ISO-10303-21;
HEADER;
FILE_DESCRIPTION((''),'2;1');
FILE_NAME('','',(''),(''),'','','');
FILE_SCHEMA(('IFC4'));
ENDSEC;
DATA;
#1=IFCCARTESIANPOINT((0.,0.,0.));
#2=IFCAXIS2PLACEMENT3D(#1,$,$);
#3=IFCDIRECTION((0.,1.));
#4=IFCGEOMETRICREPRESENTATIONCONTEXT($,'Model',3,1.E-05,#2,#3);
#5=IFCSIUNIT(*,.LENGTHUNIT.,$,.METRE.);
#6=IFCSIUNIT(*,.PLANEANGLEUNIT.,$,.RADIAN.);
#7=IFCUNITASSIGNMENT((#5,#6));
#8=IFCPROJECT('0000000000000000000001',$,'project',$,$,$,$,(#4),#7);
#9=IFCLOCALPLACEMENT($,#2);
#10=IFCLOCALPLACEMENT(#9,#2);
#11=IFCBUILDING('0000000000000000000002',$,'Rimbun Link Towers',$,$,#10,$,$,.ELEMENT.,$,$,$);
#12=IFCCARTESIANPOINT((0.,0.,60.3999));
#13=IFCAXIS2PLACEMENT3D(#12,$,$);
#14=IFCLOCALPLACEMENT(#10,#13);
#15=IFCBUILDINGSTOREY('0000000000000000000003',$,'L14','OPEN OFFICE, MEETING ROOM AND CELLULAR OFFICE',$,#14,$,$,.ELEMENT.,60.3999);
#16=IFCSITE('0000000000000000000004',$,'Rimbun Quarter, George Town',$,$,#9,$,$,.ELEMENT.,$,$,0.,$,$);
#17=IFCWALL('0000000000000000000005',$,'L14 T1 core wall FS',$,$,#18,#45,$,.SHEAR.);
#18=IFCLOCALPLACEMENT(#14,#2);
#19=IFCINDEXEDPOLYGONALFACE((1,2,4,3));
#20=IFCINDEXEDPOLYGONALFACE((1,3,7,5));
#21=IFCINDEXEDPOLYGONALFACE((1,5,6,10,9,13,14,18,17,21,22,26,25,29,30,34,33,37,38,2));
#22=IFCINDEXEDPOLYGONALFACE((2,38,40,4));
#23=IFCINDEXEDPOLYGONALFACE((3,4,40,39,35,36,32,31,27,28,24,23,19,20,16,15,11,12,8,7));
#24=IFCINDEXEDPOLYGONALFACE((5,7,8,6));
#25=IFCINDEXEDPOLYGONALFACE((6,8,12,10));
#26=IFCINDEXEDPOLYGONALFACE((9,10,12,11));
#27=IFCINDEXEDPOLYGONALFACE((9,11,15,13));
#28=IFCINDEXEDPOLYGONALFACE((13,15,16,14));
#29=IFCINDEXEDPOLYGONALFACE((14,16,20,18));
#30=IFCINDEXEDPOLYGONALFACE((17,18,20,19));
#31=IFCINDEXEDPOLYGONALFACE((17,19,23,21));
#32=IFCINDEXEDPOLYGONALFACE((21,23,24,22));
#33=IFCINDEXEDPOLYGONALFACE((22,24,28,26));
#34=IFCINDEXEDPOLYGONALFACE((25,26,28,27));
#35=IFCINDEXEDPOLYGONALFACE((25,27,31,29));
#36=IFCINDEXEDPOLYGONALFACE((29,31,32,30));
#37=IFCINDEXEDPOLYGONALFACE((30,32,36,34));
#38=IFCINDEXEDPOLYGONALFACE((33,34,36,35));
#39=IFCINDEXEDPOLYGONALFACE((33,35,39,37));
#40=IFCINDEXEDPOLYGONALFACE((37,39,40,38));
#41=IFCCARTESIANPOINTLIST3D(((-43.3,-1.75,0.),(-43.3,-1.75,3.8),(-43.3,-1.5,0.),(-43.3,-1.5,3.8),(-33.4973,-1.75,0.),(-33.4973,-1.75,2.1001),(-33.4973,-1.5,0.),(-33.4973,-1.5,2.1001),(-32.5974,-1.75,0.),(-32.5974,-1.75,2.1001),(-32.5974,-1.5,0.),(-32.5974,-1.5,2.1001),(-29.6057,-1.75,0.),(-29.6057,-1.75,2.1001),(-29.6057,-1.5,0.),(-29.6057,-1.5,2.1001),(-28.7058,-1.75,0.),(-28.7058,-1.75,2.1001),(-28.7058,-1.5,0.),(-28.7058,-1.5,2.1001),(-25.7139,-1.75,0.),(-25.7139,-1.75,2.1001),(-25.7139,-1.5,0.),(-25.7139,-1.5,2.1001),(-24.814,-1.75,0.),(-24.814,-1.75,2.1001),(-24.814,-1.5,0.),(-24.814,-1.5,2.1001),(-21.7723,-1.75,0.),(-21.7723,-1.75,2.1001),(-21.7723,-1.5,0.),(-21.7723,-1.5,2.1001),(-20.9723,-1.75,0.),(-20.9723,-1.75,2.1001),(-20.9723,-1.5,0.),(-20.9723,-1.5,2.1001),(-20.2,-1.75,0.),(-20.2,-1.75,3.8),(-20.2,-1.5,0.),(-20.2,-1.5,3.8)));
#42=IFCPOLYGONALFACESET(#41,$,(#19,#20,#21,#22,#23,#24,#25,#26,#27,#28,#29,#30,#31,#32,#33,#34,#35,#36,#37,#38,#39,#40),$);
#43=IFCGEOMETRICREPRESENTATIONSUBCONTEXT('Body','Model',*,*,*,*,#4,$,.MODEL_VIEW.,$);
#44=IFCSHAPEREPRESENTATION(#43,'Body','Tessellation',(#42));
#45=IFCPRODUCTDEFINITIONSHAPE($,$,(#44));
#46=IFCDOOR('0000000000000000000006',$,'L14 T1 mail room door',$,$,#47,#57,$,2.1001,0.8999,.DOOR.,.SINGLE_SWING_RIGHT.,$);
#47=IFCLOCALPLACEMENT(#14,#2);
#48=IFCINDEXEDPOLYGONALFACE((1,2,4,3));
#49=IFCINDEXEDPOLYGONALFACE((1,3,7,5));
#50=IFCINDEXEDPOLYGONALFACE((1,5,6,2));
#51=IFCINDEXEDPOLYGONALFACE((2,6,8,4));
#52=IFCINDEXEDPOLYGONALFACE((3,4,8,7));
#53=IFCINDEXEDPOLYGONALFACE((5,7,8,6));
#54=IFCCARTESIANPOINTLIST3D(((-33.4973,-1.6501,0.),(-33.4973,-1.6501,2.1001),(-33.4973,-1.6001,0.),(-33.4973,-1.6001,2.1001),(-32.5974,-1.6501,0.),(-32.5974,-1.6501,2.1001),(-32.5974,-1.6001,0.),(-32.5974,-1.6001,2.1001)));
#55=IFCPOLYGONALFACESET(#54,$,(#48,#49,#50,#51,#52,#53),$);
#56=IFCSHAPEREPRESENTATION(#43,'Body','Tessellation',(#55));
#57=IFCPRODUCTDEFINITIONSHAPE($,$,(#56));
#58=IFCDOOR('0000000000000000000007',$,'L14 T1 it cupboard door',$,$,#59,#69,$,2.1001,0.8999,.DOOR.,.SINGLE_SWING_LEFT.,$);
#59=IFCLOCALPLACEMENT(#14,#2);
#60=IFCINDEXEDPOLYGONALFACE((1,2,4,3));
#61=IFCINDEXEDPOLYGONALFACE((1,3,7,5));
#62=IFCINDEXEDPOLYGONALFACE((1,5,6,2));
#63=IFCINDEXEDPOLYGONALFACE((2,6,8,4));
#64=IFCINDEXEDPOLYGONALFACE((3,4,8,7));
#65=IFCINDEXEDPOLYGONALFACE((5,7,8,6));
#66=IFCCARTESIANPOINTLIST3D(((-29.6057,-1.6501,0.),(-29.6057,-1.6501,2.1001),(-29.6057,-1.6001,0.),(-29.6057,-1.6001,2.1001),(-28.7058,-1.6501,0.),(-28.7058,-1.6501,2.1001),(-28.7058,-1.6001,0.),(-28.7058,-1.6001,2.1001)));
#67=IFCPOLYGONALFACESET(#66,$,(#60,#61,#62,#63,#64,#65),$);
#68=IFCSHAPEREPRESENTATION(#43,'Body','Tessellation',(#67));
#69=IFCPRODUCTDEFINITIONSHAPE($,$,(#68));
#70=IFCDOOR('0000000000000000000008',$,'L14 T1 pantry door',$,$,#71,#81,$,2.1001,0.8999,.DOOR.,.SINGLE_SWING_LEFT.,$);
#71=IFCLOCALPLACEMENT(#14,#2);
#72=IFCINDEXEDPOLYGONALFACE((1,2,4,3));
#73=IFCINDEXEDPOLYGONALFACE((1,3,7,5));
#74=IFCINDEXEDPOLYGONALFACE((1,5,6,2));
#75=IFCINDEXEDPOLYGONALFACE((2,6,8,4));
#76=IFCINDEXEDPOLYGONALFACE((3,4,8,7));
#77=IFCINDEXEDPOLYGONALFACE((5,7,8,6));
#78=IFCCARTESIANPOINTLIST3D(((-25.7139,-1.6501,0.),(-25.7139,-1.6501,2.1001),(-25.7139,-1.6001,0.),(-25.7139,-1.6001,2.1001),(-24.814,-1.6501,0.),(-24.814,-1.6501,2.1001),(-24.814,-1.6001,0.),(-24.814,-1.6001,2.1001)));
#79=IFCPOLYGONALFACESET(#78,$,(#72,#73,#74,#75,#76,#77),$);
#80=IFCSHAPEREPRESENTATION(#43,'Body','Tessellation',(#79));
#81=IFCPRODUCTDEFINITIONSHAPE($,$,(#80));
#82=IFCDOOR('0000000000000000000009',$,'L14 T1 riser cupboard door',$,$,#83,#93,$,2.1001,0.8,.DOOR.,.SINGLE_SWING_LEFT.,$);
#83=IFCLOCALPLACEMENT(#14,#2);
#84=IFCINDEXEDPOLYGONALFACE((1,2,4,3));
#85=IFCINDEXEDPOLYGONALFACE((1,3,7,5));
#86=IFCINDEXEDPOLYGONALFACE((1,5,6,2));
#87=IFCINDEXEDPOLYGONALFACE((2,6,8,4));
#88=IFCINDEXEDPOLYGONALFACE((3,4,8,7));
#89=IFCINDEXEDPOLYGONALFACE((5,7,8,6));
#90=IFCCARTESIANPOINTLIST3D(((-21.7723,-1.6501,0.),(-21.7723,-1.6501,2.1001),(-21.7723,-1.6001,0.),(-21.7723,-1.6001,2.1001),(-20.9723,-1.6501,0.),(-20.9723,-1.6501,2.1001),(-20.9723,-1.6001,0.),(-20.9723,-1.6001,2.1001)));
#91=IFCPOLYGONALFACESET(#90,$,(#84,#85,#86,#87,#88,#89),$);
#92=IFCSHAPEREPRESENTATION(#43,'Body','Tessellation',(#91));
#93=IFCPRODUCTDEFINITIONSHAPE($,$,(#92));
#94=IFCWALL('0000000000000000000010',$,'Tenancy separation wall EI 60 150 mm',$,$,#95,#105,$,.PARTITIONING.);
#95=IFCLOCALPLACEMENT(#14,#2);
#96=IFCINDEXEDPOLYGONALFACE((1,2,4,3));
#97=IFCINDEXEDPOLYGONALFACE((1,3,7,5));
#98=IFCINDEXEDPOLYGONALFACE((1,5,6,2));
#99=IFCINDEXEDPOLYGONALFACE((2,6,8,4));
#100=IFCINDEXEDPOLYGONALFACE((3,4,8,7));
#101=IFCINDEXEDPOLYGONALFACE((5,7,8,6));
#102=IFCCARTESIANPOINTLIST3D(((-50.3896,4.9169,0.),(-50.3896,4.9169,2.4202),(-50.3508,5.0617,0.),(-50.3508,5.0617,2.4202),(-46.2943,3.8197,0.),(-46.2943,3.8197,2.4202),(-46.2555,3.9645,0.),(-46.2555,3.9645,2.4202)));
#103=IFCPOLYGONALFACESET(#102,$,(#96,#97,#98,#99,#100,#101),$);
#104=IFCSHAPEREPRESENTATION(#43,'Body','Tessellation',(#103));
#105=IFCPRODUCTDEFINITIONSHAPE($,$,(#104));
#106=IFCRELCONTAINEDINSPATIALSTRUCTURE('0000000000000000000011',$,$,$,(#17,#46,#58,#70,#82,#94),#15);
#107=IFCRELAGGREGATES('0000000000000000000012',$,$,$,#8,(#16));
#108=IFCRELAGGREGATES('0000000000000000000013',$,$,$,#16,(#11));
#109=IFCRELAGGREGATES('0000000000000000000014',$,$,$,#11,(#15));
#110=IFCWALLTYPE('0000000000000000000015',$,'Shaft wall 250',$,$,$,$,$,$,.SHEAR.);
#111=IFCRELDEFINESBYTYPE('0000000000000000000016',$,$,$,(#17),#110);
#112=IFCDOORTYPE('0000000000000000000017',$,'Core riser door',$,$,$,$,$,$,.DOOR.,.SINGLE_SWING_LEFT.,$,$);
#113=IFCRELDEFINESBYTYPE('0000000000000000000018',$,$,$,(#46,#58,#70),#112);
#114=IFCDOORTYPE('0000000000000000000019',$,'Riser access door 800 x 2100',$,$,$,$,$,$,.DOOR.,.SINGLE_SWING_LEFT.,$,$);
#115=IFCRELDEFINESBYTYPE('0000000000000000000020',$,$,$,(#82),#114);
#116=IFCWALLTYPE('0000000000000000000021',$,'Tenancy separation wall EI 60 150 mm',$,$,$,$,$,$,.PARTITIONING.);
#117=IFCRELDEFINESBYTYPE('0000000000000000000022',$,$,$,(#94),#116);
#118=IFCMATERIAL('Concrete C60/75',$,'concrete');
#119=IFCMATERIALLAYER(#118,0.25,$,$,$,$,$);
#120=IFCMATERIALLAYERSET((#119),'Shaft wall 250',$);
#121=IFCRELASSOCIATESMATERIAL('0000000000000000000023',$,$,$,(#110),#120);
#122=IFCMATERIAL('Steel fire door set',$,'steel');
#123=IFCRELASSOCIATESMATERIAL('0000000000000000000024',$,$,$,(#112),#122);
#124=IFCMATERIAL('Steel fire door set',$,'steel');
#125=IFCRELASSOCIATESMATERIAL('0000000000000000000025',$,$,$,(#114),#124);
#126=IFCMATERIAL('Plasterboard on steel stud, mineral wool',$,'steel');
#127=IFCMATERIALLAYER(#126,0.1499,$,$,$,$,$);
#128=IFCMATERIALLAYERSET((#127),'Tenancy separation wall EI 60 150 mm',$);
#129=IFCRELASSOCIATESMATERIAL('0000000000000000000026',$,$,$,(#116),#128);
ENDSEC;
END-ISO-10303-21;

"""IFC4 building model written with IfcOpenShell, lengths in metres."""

from ifc_helpers import new_model, si_unit, direction, frame, frame_2d, origin, place, context, subcontext, project, spatial, rectangle, extrude, material, layer, layer_set, type_object, element, fill, save


model = new_model("IFC4")

# Units and contexts
model_context = context("Model", 3, precision=1e-05, world=origin(), true_north=direction((0.0, 1.0)))
body_context = subcontext(model_context, "Body", "Model", "MODEL_VIEW")
ifc_project = project(units=[si_unit("LENGTHUNIT", "METRE"), si_unit("PLANEANGLEUNIT", "RADIAN")], contexts=[model_context])

# Site, building, storey
site_placement = place(None, origin())
site = spatial("IfcSite", under=ifc_project, at=site_placement, Name="Rimbun Quarter, George Town", CompositionType="ELEMENT", RefElevation=0.0)
building_placement = place(site_placement, origin())
building = spatial("IfcBuilding", under=site, at=building_placement, Name="Rimbun Link Towers", CompositionType="ELEMENT")
storey_placement = place(building_placement, frame((0.0, 0.0, 60.3999)))
storey = spatial("IfcBuildingStorey", under=building, at=storey_placement, Name="L14", Description="OPEN OFFICE, MEETING ROOM AND CELLULAR OFFICE", CompositionType="ELEMENT", Elevation=60.3999)

# Wall, openings, doors
ifc_material_1 = material(Name="Concrete C60/75", Category="concrete")
ifc_layer_1 = layer(ifc_material_1, 0.25)
ifc_layer_set_1 = layer_set([ifc_layer_1], Name="Shaft wall 250")
wall_type_1 = type_object("IfcWallType", Name="Shaft wall 250", PredefinedType="SHEAR", material=ifc_layer_set_1)
wall_1_placement = place(storey_placement, frame((-43.3, -1.625, 0.0), z_axis=(0.0, 0.0, 1.0), x_axis=(1.0, 0.0, 0.0)))
wall_1 = element("IfcWall", 1, at=wall_1_placement, inside=storey, type_object=wall_type_1, Name="L14 T1 core wall FS", PredefinedType="SHEAR", context=body_context, shape_type="SweptSolid", body=[
    extrude(rectangle(XDim=23.1001, YDim=0.25, at=frame_2d((11.55, 0.0))), origin(), (0.0, 0.0, 1.0), 3.8),
])
opening_1_placement = place(wall_1_placement, frame((9.8027, 0.0, 0.0)))
opening_1 = element("IfcOpeningElement", 2, at=opening_1_placement, cuts=wall_1, PredefinedType="OPENING", context=body_context, shape_type="SweptSolid", body=[
    extrude(rectangle(XDim=0.8999, YDim=2.1001, at=frame_2d((0.45, 1.05))), frame((0.0, 0.135, 0.0), z_axis=(0.0, -1.0, 0.0), x_axis=(1.0, 0.0, 0.0)), (0.0, 0.0, 1.0), 0.27),
])
opening_2_placement = place(wall_1_placement, frame((13.6943, 0.0, 0.0)))
opening_2 = element("IfcOpeningElement", 3, at=opening_2_placement, cuts=wall_1, PredefinedType="OPENING", context=body_context, shape_type="SweptSolid", body=[
    extrude(rectangle(XDim=0.8999, YDim=2.1001, at=frame_2d((0.45, 1.05))), frame((0.0, 0.135, 0.0), z_axis=(0.0, -1.0, 0.0), x_axis=(1.0, 0.0, 0.0)), (0.0, 0.0, 1.0), 0.27),
])
opening_3_placement = place(wall_1_placement, frame((17.5862, 0.0, 0.0)))
opening_3 = element("IfcOpeningElement", 4, at=opening_3_placement, cuts=wall_1, PredefinedType="OPENING", context=body_context, shape_type="SweptSolid", body=[
    extrude(rectangle(XDim=0.8999, YDim=2.1001, at=frame_2d((0.45, 1.05))), frame((0.0, 0.135, 0.0), z_axis=(0.0, -1.0, 0.0), x_axis=(1.0, 0.0, 0.0)), (0.0, 0.0, 1.0), 0.27),
])
opening_4_placement = place(wall_1_placement, frame((21.5278, 0.0, 0.0)))
opening_4 = element("IfcOpeningElement", 5, at=opening_4_placement, cuts=wall_1, PredefinedType="OPENING", context=body_context, shape_type="SweptSolid", body=[
    extrude(rectangle(XDim=0.8, YDim=2.1001, at=frame_2d((0.3999, 1.05))), frame((0.0, 0.135, 0.0), z_axis=(0.0, -1.0, 0.0), x_axis=(1.0, 0.0, 0.0)), (0.0, 0.0, 1.0), 0.27),
])
ifc_material_2 = material(Name="Steel fire door set", Category="steel")
door_type_1 = type_object("IfcDoorType", Name="Core riser door", OperationType="SINGLE_SWING_LEFT", PredefinedType="DOOR", material=ifc_material_2)
door_1_placement = place(opening_1_placement, origin())
door_1 = element("IfcDoor", 6, at=door_1_placement, inside=storey, type_object=door_type_1, Name="L14 T1 mail room door", OperationType="SINGLE_SWING_RIGHT", OverallHeight=2.1001, OverallWidth=0.8999, PredefinedType="DOOR", context=body_context, shape_type="SweptSolid", body=[
    extrude(rectangle(XDim=0.8999, YDim=2.1001, at=frame_2d((0.45, 1.05))), frame((0.0, 0.0249, 0.0), z_axis=(0.0, -1.0, 0.0), x_axis=(1.0, 0.0, 0.0)), (0.0, 0.0, 1.0), 0.05),
])
fill(opening_1, door_1)
door_2_placement = place(opening_2_placement, origin())
door_2 = element("IfcDoor", 7, at=door_2_placement, inside=storey, type_object=door_type_1, Name="L14 T1 it cupboard door", OperationType="SINGLE_SWING_LEFT", OverallHeight=2.1001, OverallWidth=0.8999, PredefinedType="DOOR", context=body_context, shape_type="SweptSolid", body=[
    extrude(rectangle(XDim=0.8999, YDim=2.1001, at=frame_2d((0.45, 1.05))), frame((0.0, 0.0249, 0.0), z_axis=(0.0, -1.0, 0.0), x_axis=(1.0, 0.0, 0.0)), (0.0, 0.0, 1.0), 0.05),
])
fill(opening_2, door_2)
door_3_placement = place(opening_3_placement, origin())
door_3 = element("IfcDoor", 8, at=door_3_placement, inside=storey, type_object=door_type_1, Name="L14 T1 pantry door", OperationType="SINGLE_SWING_LEFT", OverallHeight=2.1001, OverallWidth=0.8999, PredefinedType="DOOR", context=body_context, shape_type="SweptSolid", body=[
    extrude(rectangle(XDim=0.8999, YDim=2.1001, at=frame_2d((0.45, 1.05))), frame((0.0, 0.0249, 0.0), z_axis=(0.0, -1.0, 0.0), x_axis=(1.0, 0.0, 0.0)), (0.0, 0.0, 1.0), 0.05),
])
fill(opening_3, door_3)
ifc_material_3 = material(Name="Steel fire door set", Category="steel")
door_type_2 = type_object("IfcDoorType", Name="Riser access door 800 x 2100", OperationType="SINGLE_SWING_LEFT", PredefinedType="DOOR", material=ifc_material_3)
door_4_placement = place(opening_4_placement, origin())
door_4 = element("IfcDoor", 9, at=door_4_placement, inside=storey, type_object=door_type_2, Name="L14 T1 riser cupboard door", OperationType="SINGLE_SWING_LEFT", OverallHeight=2.1001, OverallWidth=0.8, PredefinedType="DOOR", context=body_context, shape_type="SweptSolid", body=[
    extrude(rectangle(XDim=0.8, YDim=2.1001, at=frame_2d((0.3999, 1.05))), frame((0.0, 0.0249, 0.0), z_axis=(0.0, -1.0, 0.0), x_axis=(1.0, 0.0, 0.0)), (0.0, 0.0, 1.0), 0.05),
])
fill(opening_4, door_4)

# Wall
ifc_material_4 = material(Name="Plasterboard on steel stud, mineral wool", Category="steel")
ifc_layer_2 = layer(ifc_material_4, 0.1499)
ifc_layer_set_2 = layer_set([ifc_layer_2], Name="Tenancy separation wall EI 60 150 mm")
wall_type_2 = type_object("IfcWallType", Name="Tenancy separation wall EI 60 150 mm", PredefinedType="PARTITIONING", material=ifc_layer_set_2)
wall_2_placement = place(storey_placement, frame((-46.2749, 3.8921, 0.0), z_axis=(0.0, 0.0, 1.0), x_axis=(-0.965934, 0.258788, 0.0)))
element("IfcWall", 10, at=wall_2_placement, inside=storey, type_object=wall_type_2, Name="Tenancy separation wall EI 60 150 mm", PredefinedType="PARTITIONING", context=body_context, shape_type="SweptSolid", body=[
    extrude(rectangle(XDim=4.2397, YDim=0.1499, at=frame_2d((2.1199, 0.0))), origin(), (0.0, 0.0, 1.0), 2.4202),
])

save(model, "model.ifc")
